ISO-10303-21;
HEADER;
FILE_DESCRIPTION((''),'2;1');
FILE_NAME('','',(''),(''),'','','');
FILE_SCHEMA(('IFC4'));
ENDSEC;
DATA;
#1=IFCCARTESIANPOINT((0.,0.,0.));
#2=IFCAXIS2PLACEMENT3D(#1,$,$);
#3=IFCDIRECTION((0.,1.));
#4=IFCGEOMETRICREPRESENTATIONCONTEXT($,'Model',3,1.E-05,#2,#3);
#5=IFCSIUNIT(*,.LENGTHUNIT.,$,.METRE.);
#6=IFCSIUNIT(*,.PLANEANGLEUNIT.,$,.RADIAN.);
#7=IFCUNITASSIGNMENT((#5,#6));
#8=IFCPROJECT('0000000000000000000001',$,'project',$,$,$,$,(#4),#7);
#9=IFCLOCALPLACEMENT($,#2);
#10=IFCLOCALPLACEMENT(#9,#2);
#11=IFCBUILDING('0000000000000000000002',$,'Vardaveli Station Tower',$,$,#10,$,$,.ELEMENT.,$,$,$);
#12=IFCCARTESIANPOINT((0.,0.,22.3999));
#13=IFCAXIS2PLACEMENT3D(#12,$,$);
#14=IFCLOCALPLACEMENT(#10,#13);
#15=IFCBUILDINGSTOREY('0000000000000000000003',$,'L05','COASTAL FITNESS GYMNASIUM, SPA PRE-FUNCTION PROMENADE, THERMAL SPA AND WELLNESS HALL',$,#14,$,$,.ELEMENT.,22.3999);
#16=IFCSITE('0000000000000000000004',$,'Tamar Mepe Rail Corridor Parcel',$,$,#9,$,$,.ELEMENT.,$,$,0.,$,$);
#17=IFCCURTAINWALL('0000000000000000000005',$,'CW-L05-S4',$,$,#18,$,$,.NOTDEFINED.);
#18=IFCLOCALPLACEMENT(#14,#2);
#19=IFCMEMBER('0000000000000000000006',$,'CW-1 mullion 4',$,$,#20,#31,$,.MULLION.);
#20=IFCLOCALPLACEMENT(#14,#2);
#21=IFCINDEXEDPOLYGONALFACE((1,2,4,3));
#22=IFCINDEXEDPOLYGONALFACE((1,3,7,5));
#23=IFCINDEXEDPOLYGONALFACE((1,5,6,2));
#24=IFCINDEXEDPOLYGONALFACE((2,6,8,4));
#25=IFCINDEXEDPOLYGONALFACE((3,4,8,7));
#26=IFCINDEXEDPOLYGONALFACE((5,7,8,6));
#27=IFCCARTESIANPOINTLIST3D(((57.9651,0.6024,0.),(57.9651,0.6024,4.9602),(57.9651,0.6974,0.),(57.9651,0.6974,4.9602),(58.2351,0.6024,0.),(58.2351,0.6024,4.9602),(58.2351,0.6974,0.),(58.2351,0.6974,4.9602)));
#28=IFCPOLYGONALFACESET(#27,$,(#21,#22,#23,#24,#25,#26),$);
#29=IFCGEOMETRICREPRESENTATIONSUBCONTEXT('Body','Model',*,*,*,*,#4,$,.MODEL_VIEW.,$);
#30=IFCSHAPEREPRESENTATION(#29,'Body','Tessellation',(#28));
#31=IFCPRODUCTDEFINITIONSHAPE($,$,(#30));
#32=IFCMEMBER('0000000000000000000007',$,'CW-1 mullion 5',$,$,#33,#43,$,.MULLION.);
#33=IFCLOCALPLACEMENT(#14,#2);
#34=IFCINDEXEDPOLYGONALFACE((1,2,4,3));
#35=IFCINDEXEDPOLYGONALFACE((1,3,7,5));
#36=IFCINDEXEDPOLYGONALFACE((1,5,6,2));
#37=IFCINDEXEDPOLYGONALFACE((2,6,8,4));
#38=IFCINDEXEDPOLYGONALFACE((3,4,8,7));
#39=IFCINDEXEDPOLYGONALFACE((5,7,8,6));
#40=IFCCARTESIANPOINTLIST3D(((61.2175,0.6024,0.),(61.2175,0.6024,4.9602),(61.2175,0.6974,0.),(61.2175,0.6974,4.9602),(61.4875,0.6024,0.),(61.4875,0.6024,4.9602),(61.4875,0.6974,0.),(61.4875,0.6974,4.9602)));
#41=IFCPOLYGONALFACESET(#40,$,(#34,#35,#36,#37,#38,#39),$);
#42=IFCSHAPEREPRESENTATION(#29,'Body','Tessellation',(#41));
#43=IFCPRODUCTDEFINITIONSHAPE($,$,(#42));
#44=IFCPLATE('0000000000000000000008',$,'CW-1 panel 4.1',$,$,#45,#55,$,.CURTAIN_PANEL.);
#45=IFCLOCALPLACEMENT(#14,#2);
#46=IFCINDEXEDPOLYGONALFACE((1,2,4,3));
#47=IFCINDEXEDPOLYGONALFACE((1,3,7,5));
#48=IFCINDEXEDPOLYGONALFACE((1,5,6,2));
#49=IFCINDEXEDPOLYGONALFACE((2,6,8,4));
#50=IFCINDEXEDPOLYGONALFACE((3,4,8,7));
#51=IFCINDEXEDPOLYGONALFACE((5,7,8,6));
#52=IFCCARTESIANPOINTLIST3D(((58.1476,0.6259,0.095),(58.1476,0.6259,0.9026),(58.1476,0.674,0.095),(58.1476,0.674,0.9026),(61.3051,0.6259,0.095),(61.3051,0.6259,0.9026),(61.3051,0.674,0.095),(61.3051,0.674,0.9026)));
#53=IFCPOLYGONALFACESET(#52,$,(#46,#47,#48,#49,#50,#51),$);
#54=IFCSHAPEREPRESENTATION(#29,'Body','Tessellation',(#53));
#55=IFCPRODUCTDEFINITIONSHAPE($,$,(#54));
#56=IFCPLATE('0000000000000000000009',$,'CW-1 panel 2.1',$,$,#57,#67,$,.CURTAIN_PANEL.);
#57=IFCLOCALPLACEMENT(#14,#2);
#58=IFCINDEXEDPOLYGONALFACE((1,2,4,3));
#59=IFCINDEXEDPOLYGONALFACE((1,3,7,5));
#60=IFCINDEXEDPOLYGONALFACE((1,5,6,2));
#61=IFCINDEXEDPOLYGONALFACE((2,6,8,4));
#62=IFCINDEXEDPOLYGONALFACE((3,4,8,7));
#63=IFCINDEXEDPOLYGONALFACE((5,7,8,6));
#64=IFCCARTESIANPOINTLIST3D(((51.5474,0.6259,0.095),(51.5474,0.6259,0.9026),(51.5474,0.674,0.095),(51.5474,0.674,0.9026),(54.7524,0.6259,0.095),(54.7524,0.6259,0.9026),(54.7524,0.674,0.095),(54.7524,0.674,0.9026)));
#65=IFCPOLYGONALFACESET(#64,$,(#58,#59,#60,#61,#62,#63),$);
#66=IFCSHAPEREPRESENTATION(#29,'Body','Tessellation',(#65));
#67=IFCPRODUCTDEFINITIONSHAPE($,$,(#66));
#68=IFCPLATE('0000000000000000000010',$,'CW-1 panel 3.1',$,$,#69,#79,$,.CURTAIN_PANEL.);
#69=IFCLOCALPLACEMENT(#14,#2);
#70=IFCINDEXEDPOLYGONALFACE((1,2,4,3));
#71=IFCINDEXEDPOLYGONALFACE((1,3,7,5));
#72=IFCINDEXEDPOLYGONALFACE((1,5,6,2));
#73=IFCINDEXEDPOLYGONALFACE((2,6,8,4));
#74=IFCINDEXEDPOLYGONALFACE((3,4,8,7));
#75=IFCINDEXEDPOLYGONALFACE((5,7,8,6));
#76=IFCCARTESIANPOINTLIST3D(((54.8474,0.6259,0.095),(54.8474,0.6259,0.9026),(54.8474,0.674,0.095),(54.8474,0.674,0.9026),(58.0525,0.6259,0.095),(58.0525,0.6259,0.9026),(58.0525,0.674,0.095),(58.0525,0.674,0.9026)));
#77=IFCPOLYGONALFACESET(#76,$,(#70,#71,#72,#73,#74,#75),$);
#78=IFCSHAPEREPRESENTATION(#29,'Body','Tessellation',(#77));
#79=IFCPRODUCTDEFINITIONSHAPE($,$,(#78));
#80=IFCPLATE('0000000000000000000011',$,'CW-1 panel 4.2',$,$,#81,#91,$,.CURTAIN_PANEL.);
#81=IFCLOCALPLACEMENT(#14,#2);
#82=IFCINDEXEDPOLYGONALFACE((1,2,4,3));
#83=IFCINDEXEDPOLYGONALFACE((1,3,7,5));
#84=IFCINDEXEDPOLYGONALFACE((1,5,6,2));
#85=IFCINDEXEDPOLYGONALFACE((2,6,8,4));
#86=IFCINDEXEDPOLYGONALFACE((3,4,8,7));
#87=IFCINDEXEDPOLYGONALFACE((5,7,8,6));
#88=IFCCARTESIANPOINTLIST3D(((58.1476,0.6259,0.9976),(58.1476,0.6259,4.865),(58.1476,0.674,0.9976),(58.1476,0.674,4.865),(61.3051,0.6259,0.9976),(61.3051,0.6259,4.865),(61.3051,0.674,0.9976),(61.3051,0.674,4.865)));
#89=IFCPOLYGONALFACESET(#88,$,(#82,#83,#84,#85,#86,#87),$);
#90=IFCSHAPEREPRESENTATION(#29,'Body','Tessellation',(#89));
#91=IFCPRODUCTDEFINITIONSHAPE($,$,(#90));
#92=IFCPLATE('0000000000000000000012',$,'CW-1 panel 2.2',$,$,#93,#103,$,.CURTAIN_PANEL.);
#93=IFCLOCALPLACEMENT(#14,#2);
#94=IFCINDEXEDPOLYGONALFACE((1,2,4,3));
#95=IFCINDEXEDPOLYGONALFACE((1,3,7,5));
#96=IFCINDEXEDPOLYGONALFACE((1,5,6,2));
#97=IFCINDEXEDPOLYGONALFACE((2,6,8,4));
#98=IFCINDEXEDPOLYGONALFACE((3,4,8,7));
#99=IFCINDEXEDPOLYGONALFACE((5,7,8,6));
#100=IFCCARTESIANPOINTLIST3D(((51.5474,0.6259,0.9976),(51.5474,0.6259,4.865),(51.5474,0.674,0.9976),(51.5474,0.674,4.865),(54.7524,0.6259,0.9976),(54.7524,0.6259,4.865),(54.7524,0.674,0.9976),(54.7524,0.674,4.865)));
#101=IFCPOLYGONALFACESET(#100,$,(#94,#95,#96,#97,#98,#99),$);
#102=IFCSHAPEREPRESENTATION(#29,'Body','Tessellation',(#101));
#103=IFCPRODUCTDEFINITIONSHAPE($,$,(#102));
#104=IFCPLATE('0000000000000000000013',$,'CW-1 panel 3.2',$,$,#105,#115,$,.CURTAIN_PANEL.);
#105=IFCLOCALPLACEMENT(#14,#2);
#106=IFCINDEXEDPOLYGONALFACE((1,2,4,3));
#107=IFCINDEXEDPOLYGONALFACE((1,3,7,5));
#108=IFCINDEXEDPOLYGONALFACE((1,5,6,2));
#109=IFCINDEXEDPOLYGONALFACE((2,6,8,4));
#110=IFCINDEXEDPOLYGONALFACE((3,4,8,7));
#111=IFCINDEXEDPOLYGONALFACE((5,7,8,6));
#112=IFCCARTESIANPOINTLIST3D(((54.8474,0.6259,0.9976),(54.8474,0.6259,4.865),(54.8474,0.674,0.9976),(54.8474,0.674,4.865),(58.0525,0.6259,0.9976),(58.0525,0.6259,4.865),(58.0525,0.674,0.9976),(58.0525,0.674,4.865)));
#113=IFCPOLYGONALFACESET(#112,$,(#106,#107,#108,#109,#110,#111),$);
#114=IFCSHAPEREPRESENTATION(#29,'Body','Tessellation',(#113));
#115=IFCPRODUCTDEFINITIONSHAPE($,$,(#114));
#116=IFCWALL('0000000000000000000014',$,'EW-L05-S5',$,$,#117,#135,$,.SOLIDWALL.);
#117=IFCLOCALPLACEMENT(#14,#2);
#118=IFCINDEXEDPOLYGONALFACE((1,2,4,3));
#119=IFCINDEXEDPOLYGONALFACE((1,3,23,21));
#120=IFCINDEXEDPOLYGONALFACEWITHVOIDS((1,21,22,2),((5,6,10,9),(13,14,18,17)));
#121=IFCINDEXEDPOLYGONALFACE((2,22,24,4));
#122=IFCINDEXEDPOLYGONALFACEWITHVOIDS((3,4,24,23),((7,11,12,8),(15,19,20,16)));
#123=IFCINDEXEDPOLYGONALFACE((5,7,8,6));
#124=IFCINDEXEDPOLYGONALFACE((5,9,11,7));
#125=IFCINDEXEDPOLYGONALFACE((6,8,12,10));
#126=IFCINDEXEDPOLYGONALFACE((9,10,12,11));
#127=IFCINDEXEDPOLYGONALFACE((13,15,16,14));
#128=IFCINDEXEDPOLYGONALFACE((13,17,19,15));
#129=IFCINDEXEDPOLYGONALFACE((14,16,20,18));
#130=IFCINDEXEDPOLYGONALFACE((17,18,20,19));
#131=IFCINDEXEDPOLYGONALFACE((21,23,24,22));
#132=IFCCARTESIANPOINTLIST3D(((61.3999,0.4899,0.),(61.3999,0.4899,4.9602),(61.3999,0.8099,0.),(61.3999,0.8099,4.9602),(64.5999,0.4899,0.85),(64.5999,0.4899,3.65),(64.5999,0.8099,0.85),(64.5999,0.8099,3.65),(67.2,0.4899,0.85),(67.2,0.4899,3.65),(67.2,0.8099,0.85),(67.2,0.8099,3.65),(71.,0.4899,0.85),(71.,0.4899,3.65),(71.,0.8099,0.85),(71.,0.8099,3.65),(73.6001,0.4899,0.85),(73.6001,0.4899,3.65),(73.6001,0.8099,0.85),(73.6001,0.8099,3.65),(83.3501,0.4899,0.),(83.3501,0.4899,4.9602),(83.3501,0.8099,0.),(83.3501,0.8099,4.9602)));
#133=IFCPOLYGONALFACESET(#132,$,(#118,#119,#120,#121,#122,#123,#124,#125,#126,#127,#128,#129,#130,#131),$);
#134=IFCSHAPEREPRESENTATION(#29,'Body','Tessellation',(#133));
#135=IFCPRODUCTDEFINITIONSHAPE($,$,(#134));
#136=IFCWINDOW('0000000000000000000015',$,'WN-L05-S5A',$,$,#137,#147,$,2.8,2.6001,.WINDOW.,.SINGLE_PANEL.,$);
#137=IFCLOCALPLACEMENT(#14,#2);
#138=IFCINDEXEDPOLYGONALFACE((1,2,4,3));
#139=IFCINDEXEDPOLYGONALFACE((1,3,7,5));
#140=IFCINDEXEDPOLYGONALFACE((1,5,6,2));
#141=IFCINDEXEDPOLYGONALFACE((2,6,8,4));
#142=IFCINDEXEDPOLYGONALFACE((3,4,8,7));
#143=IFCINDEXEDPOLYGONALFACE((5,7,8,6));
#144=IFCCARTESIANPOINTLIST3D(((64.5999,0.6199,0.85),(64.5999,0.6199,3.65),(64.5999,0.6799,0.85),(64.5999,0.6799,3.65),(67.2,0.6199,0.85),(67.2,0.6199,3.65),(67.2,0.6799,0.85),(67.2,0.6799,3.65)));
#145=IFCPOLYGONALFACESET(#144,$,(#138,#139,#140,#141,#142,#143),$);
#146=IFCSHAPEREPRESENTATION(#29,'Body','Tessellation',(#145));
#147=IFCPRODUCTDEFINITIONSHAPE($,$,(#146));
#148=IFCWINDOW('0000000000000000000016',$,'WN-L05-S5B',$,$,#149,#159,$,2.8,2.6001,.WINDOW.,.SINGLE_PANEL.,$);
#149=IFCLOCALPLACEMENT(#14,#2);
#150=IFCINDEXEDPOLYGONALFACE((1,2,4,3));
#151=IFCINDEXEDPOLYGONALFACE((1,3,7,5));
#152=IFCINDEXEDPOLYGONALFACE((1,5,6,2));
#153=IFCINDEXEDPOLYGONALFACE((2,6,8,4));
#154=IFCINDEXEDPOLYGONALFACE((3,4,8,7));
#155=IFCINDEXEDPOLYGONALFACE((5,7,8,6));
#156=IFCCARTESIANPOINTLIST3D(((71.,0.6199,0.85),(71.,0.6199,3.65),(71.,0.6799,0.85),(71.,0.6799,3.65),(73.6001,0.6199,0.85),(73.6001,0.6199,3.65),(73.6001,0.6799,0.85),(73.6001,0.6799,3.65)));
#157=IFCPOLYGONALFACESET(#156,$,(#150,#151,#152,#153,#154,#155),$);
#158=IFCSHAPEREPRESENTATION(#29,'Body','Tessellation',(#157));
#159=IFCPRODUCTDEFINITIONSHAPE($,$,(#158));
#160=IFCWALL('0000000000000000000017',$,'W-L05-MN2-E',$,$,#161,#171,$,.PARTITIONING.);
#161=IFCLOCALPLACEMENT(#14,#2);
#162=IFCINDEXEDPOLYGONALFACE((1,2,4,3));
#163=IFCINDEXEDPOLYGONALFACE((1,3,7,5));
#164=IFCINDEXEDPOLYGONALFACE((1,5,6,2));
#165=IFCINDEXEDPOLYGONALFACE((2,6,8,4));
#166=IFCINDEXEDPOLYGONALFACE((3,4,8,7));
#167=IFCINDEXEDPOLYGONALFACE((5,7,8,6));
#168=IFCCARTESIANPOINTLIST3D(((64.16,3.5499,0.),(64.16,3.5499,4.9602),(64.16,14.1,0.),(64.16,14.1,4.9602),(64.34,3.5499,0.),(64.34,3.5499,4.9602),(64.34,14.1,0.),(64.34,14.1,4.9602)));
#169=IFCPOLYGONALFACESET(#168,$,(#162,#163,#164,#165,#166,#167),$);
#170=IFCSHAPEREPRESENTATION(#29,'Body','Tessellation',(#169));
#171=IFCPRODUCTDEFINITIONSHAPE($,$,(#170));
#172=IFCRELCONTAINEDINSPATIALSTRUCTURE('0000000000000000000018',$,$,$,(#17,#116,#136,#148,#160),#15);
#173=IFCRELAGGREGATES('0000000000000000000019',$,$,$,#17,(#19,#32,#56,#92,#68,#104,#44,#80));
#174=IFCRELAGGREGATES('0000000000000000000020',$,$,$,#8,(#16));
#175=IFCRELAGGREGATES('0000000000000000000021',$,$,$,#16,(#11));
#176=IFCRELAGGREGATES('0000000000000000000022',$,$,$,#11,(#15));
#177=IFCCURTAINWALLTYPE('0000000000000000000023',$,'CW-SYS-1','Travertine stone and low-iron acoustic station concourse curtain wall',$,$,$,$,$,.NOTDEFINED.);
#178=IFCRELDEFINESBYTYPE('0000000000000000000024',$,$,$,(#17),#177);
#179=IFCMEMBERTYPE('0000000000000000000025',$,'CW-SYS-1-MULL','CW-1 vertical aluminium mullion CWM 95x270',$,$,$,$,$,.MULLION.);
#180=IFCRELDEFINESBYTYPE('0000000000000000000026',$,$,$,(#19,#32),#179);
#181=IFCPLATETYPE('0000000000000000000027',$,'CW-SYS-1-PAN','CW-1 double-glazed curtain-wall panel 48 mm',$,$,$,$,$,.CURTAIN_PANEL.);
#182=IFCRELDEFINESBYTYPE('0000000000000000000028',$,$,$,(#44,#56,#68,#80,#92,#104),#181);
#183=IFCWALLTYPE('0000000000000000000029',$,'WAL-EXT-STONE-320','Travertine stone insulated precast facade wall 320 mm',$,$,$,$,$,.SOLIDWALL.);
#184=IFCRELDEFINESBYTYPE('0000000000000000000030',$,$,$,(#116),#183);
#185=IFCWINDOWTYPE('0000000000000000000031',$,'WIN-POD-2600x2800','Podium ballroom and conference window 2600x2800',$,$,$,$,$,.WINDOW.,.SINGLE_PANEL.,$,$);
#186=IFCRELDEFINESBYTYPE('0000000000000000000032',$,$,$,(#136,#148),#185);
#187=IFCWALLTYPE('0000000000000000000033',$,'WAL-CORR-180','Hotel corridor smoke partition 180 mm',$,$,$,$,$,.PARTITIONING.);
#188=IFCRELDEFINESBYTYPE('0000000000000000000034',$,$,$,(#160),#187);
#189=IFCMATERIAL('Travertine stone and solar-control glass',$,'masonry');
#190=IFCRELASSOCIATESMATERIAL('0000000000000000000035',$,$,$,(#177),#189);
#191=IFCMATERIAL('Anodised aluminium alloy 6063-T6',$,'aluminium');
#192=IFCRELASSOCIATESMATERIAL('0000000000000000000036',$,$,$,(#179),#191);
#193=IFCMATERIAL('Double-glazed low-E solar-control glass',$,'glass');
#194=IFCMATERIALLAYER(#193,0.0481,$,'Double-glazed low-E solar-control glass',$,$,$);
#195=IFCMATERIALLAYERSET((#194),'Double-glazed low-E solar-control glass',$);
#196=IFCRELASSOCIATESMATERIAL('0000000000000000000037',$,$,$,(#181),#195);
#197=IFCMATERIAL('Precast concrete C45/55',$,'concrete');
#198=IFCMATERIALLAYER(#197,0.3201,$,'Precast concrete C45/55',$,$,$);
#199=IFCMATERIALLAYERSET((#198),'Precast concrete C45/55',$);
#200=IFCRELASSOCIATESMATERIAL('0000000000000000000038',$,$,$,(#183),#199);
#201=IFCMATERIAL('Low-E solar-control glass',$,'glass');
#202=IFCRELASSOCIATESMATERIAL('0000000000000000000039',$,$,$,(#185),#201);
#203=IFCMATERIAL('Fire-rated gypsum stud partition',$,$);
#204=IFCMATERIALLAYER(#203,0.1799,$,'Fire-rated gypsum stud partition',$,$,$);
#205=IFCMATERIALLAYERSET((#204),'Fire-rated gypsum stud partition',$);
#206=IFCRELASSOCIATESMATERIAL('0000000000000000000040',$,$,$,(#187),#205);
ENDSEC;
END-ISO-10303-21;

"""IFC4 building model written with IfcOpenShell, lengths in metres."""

from ifc_helpers import new_model, si_unit, direction, frame, frame_2d, origin, origin_2d, place, context, subcontext, project, spatial, rectangle, extrude, source, transform, mapped, material, layer, layer_set, material_profile, profile_set, type_object, element, fill, aggregate, save


model = new_model("IFC4")

# Units and contexts
model_context = context("Model", 3, precision=1e-05, world=origin(), true_north=direction((0.0, 1.0)))
body_context = subcontext(model_context, "Body", "Model", "MODEL_VIEW")
ifc_project = project(units=[si_unit("LENGTHUNIT", "METRE"), si_unit("PLANEANGLEUNIT", "RADIAN")], contexts=[model_context])

# Site, building, storey
site_placement = place(None, origin())
site = spatial("IfcSite", under=ifc_project, at=site_placement, Name="Tamar Mepe Rail Corridor Parcel", CompositionType="ELEMENT", RefElevation=0.0)
building_placement = place(site_placement, origin())
building = spatial("IfcBuilding", under=site, at=building_placement, Name="Vardaveli Station Tower", CompositionType="ELEMENT")
storey_placement = place(building_placement, frame((0.0, 0.0, 22.3999)))
storey = spatial("IfcBuildingStorey", under=building, at=storey_placement, Name="L05", Description="COASTAL FITNESS GYMNASIUM, SPA PRE-FUNCTION PROMENADE, THERMAL SPA AND WELLNESS HALL", CompositionType="ELEMENT", Elevation=22.3999)

# Curtain wall, members, plates
ifc_material_1 = material(Name="Travertine stone and solar-control glass", Category="masonry")
curtain_wall_type = type_object("IfcCurtainWallType", Name="CW-SYS-1", Description="Travertine stone and low-iron acoustic station concourse curtain wall", PredefinedType="NOTDEFINED", material=ifc_material_1)
curtain_wall_placement = place(storey_placement, origin())
curtain_wall = element("IfcCurtainWall", 1, at=curtain_wall_placement, inside=storey, type_object=curtain_wall_type, Name="CW-L05-S4", PredefinedType="NOTDEFINED")
ifc_material_2 = material(Name="Anodised aluminium alloy 6063-T6", Category="aluminium")
ifc_material_profile_1 = material_profile(ifc_material_2, rectangle(XDim=0.095, YDim=0.27, at=origin_2d()), Name="CWM 95x270")
ifc_profile_set_1 = profile_set([ifc_material_profile_1], Name="Anodised aluminium alloy 6063-T6")
member_type_1 = type_object("IfcMemberType", Name="CW-SYS-1-MULL", Description="CW-1 vertical aluminium mullion CWM 95x270", PredefinedType="MULLION", material=ifc_profile_set_1)
shared_shape_1 = source(origin(), body_context, "Body", "SweptSolid", [
    extrude(rectangle(XDim=0.095, YDim=0.27, at=origin_2d()), origin(), (0.0, 0.0, 1.0), 4.9602),
])
member_1_placement = place(storey_placement, frame((58.1001, 0.6499, 0.0), z_axis=(0.0, 0.0, 1.0), x_axis=(0.0, 1.0, 0.0)))
member_1 = element("IfcMember", 2, at=member_1_placement, type_object=member_type_1, Name="CW-1 mullion 4", PredefinedType="MULLION", context=body_context, shape_type="MappedRepresentation", body=[
    mapped(shared_shape_1, transform((0.0, 0.0, 0.0), scale=1.0)),
])
member_2_placement = place(storey_placement, frame((61.3525, 0.6499, 0.0), z_axis=(0.0, 0.0, 1.0), x_axis=(0.0, 1.0, 0.0)))
member_2 = element("IfcMember", 3, at=member_2_placement, type_object=member_type_1, Name="CW-1 mullion 5", PredefinedType="MULLION", context=body_context, shape_type="MappedRepresentation", body=[
    mapped(shared_shape_1, transform((0.0, 0.0, 0.0), scale=1.0)),
])
ifc_material_3 = material(Name="Double-glazed low-E solar-control glass", Category="glass")
ifc_layer_1 = layer(ifc_material_3, 0.0481, Name="Double-glazed low-E solar-control glass")
ifc_layer_set_1 = layer_set([ifc_layer_1], Name="Double-glazed low-E solar-control glass")
plate_type = type_object("IfcPlateType", Name="CW-SYS-1-PAN", Description="CW-1 double-glazed curtain-wall panel 48 mm", PredefinedType="CURTAIN_PANEL", material=ifc_layer_set_1)
shared_shape_2 = source(origin(), body_context, "Body", "SweptSolid", [
    extrude(rectangle(XDim=3.1575, YDim=0.0481, at=origin_2d()), origin(), (0.0, 0.0, 1.0), 0.8076),
])
plate_1_placement = place(storey_placement, frame((59.7263, 0.6499, 0.095), z_axis=(0.0, 0.0, 1.0), x_axis=(1.0, 0.0, 0.0)))
plate_1 = element("IfcPlate", 4, at=plate_1_placement, type_object=plate_type, Name="CW-1 panel 4.1", PredefinedType="CURTAIN_PANEL", context=body_context, shape_type="MappedRepresentation", body=[
    mapped(shared_shape_2, transform((0.0, 0.0, 0.0), scale=1.0)),
])
shared_shape_3 = source(origin(), body_context, "Body", "SweptSolid", [
    extrude(rectangle(XDim=3.2051, YDim=0.0481, at=origin_2d()), origin(), (0.0, 0.0, 1.0), 0.8076),
])
plate_2_placement = place(storey_placement, frame((53.1499, 0.6499, 0.095), z_axis=(0.0, 0.0, 1.0), x_axis=(1.0, 0.0, 0.0)))
plate_2 = element("IfcPlate", 5, at=plate_2_placement, type_object=plate_type, Name="CW-1 panel 2.1", PredefinedType="CURTAIN_PANEL", context=body_context, shape_type="MappedRepresentation", body=[
    mapped(shared_shape_3, transform((0.0, 0.0, 0.0), scale=1.0)),
])
plate_3_placement = place(storey_placement, frame((56.45, 0.6499, 0.095), z_axis=(0.0, 0.0, 1.0), x_axis=(1.0, 0.0, 0.0)))
plate_3 = element("IfcPlate", 6, at=plate_3_placement, type_object=plate_type, Name="CW-1 panel 3.1", PredefinedType="CURTAIN_PANEL", context=body_context, shape_type="MappedRepresentation", body=[
    mapped(shared_shape_3, transform((0.0, 0.0, 0.0), scale=1.0)),
])
shared_shape_4 = source(origin(), body_context, "Body", "SweptSolid", [
    extrude(rectangle(XDim=3.1575, YDim=0.0481, at=origin_2d()), origin(), (0.0, 0.0, 1.0), 3.8674),
])
plate_4_placement = place(storey_placement, frame((59.7263, 0.6499, 0.9976), z_axis=(0.0, 0.0, 1.0), x_axis=(1.0, 0.0, 0.0)))
plate_4 = element("IfcPlate", 7, at=plate_4_placement, type_object=plate_type, Name="CW-1 panel 4.2", PredefinedType="CURTAIN_PANEL", context=body_context, shape_type="MappedRepresentation", body=[
    mapped(shared_shape_4, transform((0.0, 0.0, 0.0), scale=1.0)),
])
shared_shape_5 = source(origin(), body_context, "Body", "SweptSolid", [
    extrude(rectangle(XDim=3.2051, YDim=0.0481, at=origin_2d()), origin(), (0.0, 0.0, 1.0), 3.8674),
])
plate_5_placement = place(storey_placement, frame((53.1499, 0.6499, 0.9976), z_axis=(0.0, 0.0, 1.0), x_axis=(1.0, 0.0, 0.0)))
plate_5 = element("IfcPlate", 8, at=plate_5_placement, type_object=plate_type, Name="CW-1 panel 2.2", PredefinedType="CURTAIN_PANEL", context=body_context, shape_type="MappedRepresentation", body=[
    mapped(shared_shape_5, transform((0.0, 0.0, 0.0), scale=1.0)),
])
plate_6_placement = place(storey_placement, frame((56.45, 0.6499, 0.9976), z_axis=(0.0, 0.0, 1.0), x_axis=(1.0, 0.0, 0.0)))
plate_6 = element("IfcPlate", 9, at=plate_6_placement, type_object=plate_type, Name="CW-1 panel 3.2", PredefinedType="CURTAIN_PANEL", context=body_context, shape_type="MappedRepresentation", body=[
    mapped(shared_shape_5, transform((0.0, 0.0, 0.0), scale=1.0)),
])
aggregate(curtain_wall, [member_1, member_2, plate_2, plate_5, plate_3, plate_6, plate_1, plate_4])

# Wall, openings, windows
ifc_material_4 = material(Name="Precast concrete C45/55", Category="concrete")
ifc_layer_2 = layer(ifc_material_4, 0.3201, Name="Precast concrete C45/55")
ifc_layer_set_2 = layer_set([ifc_layer_2], Name="Precast concrete C45/55")
wall_type_1 = type_object("IfcWallType", Name="WAL-EXT-STONE-320", Description="Travertine stone insulated precast facade wall 320 mm", PredefinedType="SOLIDWALL", material=ifc_layer_set_2)
shared_shape_6 = source(origin(), body_context, "Body", "SweptSolid", [
    extrude(rectangle(XDim=21.9502, YDim=0.3201, at=frame_2d((10.9751, 0.0))), origin(), (0.0, 0.0, 1.0), 4.9602),
])
wall_1_placement = place(storey_placement, frame((61.3999, 0.6499, 0.0), z_axis=(0.0, 0.0, 1.0), x_axis=(1.0, 0.0, 0.0)))
wall_1 = element("IfcWall", 10, at=wall_1_placement, inside=storey, type_object=wall_type_1, Name="EW-L05-S5", PredefinedType="SOLIDWALL", context=body_context, shape_type="MappedRepresentation", body=[
    mapped(shared_shape_6, transform((0.0, 0.0, 0.0), scale=1.0)),
])
shared_shape_7 = source(origin(), body_context, "Body", "SweptSolid", [
    extrude(rectangle(XDim=2.6001, YDim=2.8, at=frame_2d((1.3, 1.3999))), frame((0.0, 0.1699, 0.0), z_axis=(0.0, -1.0, 0.0), x_axis=(1.0, 0.0, 0.0)), (0.0, 0.0, 1.0), 0.3401),
])
opening_1_placement = place(wall_1_placement, frame((3.2, 0.0, 0.8501)))
opening_1 = element("IfcOpeningElement", 11, at=opening_1_placement, cuts=wall_1, PredefinedType="OPENING", context=body_context, shape_type="MappedRepresentation", body=[
    mapped(shared_shape_7, transform((0.0, 0.0, 0.0), scale=1.0)),
])
opening_2_placement = place(wall_1_placement, frame((9.6001, 0.0, 0.8501)))
opening_2 = element("IfcOpeningElement", 12, at=opening_2_placement, cuts=wall_1, PredefinedType="OPENING", context=body_context, shape_type="MappedRepresentation", body=[
    mapped(shared_shape_7, transform((0.0, 0.0, 0.0), scale=1.0)),
])
ifc_material_5 = material(Name="Low-E solar-control glass", Category="glass")
window_type = type_object("IfcWindowType", Name="WIN-POD-2600x2800", Description="Podium ballroom and conference window 2600x2800", PartitioningType="SINGLE_PANEL", PredefinedType="WINDOW", material=ifc_material_5)
shared_shape_8 = source(origin(), body_context, "Body", "SweptSolid", [
    extrude(rectangle(XDim=2.6001, YDim=2.8, at=frame_2d((1.3, 1.3999))), frame((0.0, 0.03, 0.0), z_axis=(0.0, -1.0, 0.0), x_axis=(1.0, 0.0, 0.0)), (0.0, 0.0, 1.0), 0.0601),
])
window_1_placement = place(opening_1_placement, origin())
window_1 = element("IfcWindow", 13, at=window_1_placement, inside=storey, type_object=window_type, Name="WN-L05-S5A", OverallHeight=2.8, OverallWidth=2.6001, PartitioningType="SINGLE_PANEL", PredefinedType="WINDOW", context=body_context, shape_type="MappedRepresentation", body=[
    mapped(shared_shape_8, transform((0.0, 0.0, 0.0), scale=1.0)),
])
fill(opening_1, window_1)
window_2_placement = place(opening_2_placement, origin())
window_2 = element("IfcWindow", 14, at=window_2_placement, inside=storey, type_object=window_type, Name="WN-L05-S5B", OverallHeight=2.8, OverallWidth=2.6001, PartitioningType="SINGLE_PANEL", PredefinedType="WINDOW", context=body_context, shape_type="MappedRepresentation", body=[
    mapped(shared_shape_8, transform((0.0, 0.0, 0.0), scale=1.0)),
])
fill(opening_2, window_2)

# Wall
ifc_material_6 = material(Name="Fire-rated gypsum stud partition")
ifc_layer_3 = layer(ifc_material_6, 0.1799, Name="Fire-rated gypsum stud partition")
ifc_layer_set_3 = layer_set([ifc_layer_3], Name="Fire-rated gypsum stud partition")
wall_type_2 = type_object("IfcWallType", Name="WAL-CORR-180", Description="Hotel corridor smoke partition 180 mm", PredefinedType="PARTITIONING", material=ifc_layer_set_3)
shared_shape_9 = source(origin(), body_context, "Body", "SweptSolid", [
    extrude(rectangle(XDim=10.55, YDim=0.1799, at=frame_2d((5.2749, 0.0))), origin(), (0.0, 0.0, 1.0), 4.9602),
])
wall_2_placement = place(storey_placement, frame((64.25, 3.55, 0.0), z_axis=(0.0, 0.0, 1.0), x_axis=(0.0, 1.0, 0.0)))
element("IfcWall", 15, at=wall_2_placement, inside=storey, type_object=wall_type_2, Name="W-L05-MN2-E", PredefinedType="PARTITIONING", context=body_context, shape_type="MappedRepresentation", body=[
    mapped(shared_shape_9, transform((0.0, 0.0, 0.0), scale=1.0)),
])

save(model, "model.ifc")
